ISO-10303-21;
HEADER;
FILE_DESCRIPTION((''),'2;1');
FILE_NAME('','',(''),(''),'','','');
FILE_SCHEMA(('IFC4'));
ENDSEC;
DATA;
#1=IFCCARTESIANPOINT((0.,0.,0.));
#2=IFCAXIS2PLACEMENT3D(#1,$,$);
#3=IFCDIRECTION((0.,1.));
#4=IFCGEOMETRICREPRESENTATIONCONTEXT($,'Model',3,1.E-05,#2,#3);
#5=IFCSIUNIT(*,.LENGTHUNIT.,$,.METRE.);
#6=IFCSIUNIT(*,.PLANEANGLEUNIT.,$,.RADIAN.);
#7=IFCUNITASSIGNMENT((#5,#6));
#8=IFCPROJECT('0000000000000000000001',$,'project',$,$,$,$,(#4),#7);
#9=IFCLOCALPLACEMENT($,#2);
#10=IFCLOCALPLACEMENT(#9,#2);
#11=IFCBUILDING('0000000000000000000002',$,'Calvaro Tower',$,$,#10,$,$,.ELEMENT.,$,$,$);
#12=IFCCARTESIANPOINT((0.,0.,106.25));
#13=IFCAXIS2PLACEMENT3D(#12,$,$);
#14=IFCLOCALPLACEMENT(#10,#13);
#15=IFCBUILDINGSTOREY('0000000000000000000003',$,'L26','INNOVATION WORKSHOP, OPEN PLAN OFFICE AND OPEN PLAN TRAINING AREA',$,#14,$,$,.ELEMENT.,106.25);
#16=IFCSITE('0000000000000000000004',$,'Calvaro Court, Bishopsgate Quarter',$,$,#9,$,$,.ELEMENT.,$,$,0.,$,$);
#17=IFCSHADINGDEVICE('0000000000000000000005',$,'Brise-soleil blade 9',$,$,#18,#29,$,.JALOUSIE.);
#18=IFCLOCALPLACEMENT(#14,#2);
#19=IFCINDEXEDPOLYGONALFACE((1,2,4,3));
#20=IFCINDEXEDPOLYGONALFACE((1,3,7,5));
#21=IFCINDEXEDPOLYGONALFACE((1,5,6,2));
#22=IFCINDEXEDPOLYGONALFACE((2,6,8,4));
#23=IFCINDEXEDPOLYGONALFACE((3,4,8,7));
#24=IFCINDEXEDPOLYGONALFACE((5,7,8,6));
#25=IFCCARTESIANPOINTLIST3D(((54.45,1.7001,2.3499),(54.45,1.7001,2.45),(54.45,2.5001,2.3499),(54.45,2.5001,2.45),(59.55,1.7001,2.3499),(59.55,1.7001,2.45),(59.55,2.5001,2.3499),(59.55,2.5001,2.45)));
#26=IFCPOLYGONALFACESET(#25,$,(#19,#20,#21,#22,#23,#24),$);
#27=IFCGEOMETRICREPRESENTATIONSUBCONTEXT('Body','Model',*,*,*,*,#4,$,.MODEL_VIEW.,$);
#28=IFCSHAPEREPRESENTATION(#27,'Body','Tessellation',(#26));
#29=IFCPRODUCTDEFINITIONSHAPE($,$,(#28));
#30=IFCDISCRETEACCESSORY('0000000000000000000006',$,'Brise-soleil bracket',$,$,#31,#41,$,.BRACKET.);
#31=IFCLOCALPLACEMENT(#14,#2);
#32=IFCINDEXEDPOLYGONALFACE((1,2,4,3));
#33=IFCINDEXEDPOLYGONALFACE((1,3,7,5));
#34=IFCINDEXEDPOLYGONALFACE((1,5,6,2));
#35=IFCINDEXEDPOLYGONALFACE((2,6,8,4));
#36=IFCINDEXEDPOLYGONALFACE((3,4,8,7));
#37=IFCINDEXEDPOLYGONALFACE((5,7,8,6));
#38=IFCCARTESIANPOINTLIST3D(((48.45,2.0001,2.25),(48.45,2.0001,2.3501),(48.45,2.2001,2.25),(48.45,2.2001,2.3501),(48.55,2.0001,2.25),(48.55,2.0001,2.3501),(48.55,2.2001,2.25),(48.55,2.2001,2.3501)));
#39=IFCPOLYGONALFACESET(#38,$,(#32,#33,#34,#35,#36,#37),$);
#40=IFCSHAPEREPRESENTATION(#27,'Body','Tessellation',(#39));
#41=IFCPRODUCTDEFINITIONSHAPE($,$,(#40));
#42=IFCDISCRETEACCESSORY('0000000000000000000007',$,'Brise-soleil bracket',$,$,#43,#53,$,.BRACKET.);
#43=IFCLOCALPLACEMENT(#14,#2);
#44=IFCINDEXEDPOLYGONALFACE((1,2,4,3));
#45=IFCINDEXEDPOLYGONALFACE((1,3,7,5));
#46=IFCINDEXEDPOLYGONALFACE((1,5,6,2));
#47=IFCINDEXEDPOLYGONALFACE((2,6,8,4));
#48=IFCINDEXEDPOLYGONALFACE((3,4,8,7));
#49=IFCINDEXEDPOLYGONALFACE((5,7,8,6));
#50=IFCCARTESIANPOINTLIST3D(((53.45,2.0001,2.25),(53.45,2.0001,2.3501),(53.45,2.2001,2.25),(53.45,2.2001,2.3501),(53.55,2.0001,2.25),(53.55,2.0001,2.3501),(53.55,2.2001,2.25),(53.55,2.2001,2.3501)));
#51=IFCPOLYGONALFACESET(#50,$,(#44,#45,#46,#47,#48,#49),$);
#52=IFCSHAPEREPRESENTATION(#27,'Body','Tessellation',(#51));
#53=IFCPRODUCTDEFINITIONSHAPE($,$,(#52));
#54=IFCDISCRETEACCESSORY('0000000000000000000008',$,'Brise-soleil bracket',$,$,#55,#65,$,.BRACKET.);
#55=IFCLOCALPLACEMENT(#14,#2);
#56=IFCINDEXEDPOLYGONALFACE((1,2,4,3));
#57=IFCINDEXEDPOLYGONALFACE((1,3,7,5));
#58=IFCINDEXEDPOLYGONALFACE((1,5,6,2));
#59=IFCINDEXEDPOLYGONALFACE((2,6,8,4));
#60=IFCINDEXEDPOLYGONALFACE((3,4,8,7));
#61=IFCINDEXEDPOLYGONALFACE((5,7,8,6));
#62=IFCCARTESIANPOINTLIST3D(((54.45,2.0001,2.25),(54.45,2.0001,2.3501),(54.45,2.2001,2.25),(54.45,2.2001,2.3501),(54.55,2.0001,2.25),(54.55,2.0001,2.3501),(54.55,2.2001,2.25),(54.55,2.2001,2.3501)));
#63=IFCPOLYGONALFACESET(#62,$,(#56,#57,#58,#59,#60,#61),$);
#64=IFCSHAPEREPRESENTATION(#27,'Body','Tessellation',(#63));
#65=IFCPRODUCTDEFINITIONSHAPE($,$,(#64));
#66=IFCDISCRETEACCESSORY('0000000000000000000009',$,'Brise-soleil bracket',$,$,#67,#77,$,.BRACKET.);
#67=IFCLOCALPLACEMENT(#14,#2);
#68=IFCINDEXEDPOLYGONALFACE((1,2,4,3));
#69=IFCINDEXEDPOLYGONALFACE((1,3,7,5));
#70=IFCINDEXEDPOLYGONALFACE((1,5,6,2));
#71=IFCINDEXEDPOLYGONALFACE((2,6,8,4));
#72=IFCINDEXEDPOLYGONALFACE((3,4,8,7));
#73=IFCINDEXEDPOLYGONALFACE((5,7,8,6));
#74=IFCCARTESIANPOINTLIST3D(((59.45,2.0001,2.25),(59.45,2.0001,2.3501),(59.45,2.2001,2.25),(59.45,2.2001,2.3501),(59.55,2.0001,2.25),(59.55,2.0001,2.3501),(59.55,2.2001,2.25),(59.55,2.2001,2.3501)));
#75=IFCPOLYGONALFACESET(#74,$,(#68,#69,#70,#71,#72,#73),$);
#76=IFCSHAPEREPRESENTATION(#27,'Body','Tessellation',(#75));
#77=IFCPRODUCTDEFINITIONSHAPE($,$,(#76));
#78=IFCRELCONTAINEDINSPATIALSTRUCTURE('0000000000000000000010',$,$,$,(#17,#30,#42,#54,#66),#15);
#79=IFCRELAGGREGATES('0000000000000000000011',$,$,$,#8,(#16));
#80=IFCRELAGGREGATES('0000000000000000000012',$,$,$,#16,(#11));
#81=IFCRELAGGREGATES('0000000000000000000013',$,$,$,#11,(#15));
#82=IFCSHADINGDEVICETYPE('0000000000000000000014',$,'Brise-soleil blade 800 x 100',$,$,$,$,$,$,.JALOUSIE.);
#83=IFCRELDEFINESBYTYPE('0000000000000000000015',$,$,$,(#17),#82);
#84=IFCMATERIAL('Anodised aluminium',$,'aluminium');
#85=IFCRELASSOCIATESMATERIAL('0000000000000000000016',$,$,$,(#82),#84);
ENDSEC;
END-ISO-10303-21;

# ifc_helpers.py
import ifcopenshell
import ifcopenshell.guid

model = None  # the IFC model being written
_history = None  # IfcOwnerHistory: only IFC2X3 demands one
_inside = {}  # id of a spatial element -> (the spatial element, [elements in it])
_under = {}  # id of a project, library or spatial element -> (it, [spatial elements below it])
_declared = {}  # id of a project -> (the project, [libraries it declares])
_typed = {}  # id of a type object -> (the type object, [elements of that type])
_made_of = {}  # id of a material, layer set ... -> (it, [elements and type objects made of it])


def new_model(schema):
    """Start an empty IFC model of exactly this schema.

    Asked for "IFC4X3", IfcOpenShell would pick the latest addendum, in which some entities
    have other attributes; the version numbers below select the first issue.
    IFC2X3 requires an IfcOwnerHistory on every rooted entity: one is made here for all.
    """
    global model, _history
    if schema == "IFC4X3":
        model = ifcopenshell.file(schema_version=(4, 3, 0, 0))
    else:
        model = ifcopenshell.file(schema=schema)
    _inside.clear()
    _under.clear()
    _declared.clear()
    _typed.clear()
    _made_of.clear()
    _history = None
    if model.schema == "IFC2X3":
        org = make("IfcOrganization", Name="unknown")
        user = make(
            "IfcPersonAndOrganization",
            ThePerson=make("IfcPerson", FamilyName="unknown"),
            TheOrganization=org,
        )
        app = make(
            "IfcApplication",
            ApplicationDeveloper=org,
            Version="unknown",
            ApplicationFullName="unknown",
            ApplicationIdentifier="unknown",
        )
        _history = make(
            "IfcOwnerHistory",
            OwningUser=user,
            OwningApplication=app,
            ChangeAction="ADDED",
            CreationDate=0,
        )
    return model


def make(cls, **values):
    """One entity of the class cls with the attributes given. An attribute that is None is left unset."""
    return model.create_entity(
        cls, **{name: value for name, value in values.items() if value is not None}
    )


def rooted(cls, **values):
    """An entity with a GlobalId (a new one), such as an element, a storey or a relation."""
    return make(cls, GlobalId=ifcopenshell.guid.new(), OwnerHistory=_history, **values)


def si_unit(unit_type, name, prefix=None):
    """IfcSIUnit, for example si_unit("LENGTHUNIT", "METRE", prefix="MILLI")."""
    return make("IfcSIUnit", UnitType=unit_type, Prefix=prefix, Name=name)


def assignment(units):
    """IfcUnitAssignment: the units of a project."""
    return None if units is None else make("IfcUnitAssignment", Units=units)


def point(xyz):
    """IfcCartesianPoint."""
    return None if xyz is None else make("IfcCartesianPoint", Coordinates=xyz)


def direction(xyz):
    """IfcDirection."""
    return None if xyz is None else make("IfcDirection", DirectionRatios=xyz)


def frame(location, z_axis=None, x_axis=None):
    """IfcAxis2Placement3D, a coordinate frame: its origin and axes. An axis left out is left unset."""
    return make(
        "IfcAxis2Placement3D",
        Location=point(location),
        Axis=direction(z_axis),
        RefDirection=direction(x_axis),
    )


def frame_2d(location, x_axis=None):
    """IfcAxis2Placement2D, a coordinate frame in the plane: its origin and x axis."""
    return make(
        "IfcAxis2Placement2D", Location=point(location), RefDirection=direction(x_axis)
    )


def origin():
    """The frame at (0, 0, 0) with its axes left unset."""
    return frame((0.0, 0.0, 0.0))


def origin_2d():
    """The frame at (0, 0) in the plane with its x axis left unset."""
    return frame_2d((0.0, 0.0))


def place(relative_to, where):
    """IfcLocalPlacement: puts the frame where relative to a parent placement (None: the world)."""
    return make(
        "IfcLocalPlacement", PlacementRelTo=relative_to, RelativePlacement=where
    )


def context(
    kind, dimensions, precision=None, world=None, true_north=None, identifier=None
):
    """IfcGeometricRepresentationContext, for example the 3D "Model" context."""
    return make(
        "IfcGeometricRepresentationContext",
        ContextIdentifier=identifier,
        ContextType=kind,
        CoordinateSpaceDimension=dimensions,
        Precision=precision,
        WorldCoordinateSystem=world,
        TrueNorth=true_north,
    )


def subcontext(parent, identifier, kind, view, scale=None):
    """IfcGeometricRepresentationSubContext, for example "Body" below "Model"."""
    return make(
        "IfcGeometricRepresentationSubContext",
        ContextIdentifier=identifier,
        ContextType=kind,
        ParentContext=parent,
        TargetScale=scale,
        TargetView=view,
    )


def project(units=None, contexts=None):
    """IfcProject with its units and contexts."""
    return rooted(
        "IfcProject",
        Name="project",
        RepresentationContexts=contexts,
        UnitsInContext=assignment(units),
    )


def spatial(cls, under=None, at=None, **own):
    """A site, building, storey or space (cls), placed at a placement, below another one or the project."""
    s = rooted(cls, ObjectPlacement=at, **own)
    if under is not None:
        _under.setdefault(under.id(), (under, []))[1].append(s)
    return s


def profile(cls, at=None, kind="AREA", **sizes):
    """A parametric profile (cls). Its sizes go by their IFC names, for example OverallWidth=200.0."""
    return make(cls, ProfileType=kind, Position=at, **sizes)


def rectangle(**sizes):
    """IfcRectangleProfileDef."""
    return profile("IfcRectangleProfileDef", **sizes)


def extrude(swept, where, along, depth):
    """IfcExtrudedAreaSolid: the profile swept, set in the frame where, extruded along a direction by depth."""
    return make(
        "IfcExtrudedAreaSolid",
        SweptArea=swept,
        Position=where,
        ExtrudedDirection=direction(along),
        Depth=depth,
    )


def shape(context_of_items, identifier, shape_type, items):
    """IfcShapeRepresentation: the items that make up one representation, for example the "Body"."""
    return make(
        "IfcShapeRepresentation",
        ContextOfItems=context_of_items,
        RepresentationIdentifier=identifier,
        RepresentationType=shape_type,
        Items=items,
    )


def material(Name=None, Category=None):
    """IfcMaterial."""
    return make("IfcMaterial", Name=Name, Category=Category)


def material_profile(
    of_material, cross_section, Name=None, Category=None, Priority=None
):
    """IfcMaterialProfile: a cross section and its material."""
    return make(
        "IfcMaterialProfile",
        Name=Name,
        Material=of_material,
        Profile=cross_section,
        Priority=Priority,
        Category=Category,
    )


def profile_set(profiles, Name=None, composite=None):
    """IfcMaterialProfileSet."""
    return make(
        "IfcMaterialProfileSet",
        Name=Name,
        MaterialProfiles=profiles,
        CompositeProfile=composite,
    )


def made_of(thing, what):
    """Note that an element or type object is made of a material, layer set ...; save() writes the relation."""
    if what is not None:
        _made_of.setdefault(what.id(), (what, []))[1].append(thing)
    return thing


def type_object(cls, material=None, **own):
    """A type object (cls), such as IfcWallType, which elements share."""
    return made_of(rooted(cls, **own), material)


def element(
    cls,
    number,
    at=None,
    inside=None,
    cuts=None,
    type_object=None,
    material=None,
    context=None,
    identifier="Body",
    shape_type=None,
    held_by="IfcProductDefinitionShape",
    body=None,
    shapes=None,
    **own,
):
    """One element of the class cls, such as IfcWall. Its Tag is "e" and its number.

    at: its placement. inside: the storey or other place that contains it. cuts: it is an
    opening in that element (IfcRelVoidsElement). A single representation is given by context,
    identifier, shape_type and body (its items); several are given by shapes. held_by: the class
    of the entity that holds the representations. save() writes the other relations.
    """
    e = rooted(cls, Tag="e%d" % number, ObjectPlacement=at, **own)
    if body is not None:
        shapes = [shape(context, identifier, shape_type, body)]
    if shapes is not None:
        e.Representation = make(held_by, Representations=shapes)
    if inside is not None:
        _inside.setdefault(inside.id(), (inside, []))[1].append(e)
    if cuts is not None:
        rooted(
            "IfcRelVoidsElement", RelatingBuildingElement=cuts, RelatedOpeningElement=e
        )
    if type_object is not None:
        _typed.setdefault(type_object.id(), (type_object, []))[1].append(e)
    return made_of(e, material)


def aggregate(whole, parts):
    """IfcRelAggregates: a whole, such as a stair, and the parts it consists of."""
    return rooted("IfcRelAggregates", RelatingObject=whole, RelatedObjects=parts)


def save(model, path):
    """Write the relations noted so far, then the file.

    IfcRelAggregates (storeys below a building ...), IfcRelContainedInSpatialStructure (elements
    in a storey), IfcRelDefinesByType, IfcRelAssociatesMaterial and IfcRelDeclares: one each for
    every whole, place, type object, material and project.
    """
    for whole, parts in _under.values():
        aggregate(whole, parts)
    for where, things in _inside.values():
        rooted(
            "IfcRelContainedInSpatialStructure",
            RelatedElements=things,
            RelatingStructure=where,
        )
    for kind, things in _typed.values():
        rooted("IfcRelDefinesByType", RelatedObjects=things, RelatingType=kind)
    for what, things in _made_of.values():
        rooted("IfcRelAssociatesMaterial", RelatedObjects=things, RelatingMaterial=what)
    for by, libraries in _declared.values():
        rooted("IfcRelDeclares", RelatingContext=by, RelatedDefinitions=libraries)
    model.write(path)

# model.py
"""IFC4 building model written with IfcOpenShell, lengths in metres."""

from ifc_helpers import new_model, si_unit, direction, frame, origin, origin_2d, place, context, subcontext, project, spatial, rectangle, extrude, material, material_profile, profile_set, type_object, element, save


model = new_model("IFC4")

# Units and contexts
model_context = context("Model", 3, precision=1e-05, world=origin(), true_north=direction((0.0, 1.0)))
body_context = subcontext(model_context, "Body", "Model", "MODEL_VIEW")
ifc_project = project(units=[si_unit("LENGTHUNIT", "METRE"), si_unit("PLANEANGLEUNIT", "RADIAN")], contexts=[model_context])

# Site, building, storey
site_placement = place(None, origin())
site = spatial("IfcSite", under=ifc_project, at=site_placement, Name="Calvaro Court, Bishopsgate Quarter", CompositionType="ELEMENT", RefElevation=0.0)
building_placement = place(site_placement, origin())
building = spatial("IfcBuilding", under=site, at=building_placement, Name="Calvaro Tower", CompositionType="ELEMENT")
storey_placement = place(building_placement, frame((0.0, 0.0, 106.25)))
storey = spatial("IfcBuildingStorey", under=building, at=storey_placement, Name="L26", Description="INNOVATION WORKSHOP, OPEN PLAN OFFICE AND OPEN PLAN TRAINING AREA", CompositionType="ELEMENT", Elevation=106.25)

# Shading device
ifc_material_1 = material(Name="Anodised aluminium", Category="aluminium")
ifc_material_profile_1 = material_profile(ifc_material_1, rectangle(XDim=0.8, YDim=0.1001, at=origin_2d()), Name="Brise-soleil blade 800 x 100")
ifc_profile_set_1 = profile_set([ifc_material_profile_1], Name="Anodised aluminium")
shading_device_type = type_object("IfcShadingDeviceType", Name="Brise-soleil blade 800 x 100", PredefinedType="JALOUSIE", material=ifc_profile_set_1)
shading_device_placement = place(storey_placement, frame((54.45, 2.1001, 2.3999), z_axis=(1.0, 0.0, 0.0), x_axis=(0.0, 1.0, 0.0)))
element("IfcShadingDevice", 1, at=shading_device_placement, inside=storey, type_object=shading_device_type, Name="Brise-soleil blade 9", PredefinedType="JALOUSIE", context=body_context, shape_type="SweptSolid", body=[
    extrude(rectangle(XDim=0.8, YDim=0.1001, at=origin_2d()), origin(), (0.0, 0.0, 1.0), 5.1001),
])

# Discrete accessories
for number, where, z_axis, x_axis, name in (
    (2, (48.5, 2.1001, 2.25), (0.0, 0.0, 1.0), (1.0, 0.0, 0.0), "Brise-soleil bracket"),
    (3, (53.5, 2.1001, 2.25), (0.0, 0.0, 1.0), (1.0, 0.0, 0.0), "Brise-soleil bracket"),
    (4, (54.5, 2.1001, 2.25), (0.0, 0.0, 1.0), (1.0, 0.0, 0.0), "Brise-soleil bracket"),
    (5, (59.5, 2.1001, 2.25), (0.0, 0.0, 1.0), (1.0, 0.0, 0.0), "Brise-soleil bracket"),
):
    element("IfcDiscreteAccessory", number, at=place(storey_placement, frame(where, z_axis=z_axis, x_axis=x_axis)), inside=storey, Name=name, PredefinedType="BRACKET", context=body_context, shape_type="SweptSolid", body=[
        extrude(rectangle(XDim=0.1001, YDim=0.2, at=origin_2d()), origin(), (0.0, 0.0, 1.0), 0.1001),
    ])

save(model, "model.ifc")
